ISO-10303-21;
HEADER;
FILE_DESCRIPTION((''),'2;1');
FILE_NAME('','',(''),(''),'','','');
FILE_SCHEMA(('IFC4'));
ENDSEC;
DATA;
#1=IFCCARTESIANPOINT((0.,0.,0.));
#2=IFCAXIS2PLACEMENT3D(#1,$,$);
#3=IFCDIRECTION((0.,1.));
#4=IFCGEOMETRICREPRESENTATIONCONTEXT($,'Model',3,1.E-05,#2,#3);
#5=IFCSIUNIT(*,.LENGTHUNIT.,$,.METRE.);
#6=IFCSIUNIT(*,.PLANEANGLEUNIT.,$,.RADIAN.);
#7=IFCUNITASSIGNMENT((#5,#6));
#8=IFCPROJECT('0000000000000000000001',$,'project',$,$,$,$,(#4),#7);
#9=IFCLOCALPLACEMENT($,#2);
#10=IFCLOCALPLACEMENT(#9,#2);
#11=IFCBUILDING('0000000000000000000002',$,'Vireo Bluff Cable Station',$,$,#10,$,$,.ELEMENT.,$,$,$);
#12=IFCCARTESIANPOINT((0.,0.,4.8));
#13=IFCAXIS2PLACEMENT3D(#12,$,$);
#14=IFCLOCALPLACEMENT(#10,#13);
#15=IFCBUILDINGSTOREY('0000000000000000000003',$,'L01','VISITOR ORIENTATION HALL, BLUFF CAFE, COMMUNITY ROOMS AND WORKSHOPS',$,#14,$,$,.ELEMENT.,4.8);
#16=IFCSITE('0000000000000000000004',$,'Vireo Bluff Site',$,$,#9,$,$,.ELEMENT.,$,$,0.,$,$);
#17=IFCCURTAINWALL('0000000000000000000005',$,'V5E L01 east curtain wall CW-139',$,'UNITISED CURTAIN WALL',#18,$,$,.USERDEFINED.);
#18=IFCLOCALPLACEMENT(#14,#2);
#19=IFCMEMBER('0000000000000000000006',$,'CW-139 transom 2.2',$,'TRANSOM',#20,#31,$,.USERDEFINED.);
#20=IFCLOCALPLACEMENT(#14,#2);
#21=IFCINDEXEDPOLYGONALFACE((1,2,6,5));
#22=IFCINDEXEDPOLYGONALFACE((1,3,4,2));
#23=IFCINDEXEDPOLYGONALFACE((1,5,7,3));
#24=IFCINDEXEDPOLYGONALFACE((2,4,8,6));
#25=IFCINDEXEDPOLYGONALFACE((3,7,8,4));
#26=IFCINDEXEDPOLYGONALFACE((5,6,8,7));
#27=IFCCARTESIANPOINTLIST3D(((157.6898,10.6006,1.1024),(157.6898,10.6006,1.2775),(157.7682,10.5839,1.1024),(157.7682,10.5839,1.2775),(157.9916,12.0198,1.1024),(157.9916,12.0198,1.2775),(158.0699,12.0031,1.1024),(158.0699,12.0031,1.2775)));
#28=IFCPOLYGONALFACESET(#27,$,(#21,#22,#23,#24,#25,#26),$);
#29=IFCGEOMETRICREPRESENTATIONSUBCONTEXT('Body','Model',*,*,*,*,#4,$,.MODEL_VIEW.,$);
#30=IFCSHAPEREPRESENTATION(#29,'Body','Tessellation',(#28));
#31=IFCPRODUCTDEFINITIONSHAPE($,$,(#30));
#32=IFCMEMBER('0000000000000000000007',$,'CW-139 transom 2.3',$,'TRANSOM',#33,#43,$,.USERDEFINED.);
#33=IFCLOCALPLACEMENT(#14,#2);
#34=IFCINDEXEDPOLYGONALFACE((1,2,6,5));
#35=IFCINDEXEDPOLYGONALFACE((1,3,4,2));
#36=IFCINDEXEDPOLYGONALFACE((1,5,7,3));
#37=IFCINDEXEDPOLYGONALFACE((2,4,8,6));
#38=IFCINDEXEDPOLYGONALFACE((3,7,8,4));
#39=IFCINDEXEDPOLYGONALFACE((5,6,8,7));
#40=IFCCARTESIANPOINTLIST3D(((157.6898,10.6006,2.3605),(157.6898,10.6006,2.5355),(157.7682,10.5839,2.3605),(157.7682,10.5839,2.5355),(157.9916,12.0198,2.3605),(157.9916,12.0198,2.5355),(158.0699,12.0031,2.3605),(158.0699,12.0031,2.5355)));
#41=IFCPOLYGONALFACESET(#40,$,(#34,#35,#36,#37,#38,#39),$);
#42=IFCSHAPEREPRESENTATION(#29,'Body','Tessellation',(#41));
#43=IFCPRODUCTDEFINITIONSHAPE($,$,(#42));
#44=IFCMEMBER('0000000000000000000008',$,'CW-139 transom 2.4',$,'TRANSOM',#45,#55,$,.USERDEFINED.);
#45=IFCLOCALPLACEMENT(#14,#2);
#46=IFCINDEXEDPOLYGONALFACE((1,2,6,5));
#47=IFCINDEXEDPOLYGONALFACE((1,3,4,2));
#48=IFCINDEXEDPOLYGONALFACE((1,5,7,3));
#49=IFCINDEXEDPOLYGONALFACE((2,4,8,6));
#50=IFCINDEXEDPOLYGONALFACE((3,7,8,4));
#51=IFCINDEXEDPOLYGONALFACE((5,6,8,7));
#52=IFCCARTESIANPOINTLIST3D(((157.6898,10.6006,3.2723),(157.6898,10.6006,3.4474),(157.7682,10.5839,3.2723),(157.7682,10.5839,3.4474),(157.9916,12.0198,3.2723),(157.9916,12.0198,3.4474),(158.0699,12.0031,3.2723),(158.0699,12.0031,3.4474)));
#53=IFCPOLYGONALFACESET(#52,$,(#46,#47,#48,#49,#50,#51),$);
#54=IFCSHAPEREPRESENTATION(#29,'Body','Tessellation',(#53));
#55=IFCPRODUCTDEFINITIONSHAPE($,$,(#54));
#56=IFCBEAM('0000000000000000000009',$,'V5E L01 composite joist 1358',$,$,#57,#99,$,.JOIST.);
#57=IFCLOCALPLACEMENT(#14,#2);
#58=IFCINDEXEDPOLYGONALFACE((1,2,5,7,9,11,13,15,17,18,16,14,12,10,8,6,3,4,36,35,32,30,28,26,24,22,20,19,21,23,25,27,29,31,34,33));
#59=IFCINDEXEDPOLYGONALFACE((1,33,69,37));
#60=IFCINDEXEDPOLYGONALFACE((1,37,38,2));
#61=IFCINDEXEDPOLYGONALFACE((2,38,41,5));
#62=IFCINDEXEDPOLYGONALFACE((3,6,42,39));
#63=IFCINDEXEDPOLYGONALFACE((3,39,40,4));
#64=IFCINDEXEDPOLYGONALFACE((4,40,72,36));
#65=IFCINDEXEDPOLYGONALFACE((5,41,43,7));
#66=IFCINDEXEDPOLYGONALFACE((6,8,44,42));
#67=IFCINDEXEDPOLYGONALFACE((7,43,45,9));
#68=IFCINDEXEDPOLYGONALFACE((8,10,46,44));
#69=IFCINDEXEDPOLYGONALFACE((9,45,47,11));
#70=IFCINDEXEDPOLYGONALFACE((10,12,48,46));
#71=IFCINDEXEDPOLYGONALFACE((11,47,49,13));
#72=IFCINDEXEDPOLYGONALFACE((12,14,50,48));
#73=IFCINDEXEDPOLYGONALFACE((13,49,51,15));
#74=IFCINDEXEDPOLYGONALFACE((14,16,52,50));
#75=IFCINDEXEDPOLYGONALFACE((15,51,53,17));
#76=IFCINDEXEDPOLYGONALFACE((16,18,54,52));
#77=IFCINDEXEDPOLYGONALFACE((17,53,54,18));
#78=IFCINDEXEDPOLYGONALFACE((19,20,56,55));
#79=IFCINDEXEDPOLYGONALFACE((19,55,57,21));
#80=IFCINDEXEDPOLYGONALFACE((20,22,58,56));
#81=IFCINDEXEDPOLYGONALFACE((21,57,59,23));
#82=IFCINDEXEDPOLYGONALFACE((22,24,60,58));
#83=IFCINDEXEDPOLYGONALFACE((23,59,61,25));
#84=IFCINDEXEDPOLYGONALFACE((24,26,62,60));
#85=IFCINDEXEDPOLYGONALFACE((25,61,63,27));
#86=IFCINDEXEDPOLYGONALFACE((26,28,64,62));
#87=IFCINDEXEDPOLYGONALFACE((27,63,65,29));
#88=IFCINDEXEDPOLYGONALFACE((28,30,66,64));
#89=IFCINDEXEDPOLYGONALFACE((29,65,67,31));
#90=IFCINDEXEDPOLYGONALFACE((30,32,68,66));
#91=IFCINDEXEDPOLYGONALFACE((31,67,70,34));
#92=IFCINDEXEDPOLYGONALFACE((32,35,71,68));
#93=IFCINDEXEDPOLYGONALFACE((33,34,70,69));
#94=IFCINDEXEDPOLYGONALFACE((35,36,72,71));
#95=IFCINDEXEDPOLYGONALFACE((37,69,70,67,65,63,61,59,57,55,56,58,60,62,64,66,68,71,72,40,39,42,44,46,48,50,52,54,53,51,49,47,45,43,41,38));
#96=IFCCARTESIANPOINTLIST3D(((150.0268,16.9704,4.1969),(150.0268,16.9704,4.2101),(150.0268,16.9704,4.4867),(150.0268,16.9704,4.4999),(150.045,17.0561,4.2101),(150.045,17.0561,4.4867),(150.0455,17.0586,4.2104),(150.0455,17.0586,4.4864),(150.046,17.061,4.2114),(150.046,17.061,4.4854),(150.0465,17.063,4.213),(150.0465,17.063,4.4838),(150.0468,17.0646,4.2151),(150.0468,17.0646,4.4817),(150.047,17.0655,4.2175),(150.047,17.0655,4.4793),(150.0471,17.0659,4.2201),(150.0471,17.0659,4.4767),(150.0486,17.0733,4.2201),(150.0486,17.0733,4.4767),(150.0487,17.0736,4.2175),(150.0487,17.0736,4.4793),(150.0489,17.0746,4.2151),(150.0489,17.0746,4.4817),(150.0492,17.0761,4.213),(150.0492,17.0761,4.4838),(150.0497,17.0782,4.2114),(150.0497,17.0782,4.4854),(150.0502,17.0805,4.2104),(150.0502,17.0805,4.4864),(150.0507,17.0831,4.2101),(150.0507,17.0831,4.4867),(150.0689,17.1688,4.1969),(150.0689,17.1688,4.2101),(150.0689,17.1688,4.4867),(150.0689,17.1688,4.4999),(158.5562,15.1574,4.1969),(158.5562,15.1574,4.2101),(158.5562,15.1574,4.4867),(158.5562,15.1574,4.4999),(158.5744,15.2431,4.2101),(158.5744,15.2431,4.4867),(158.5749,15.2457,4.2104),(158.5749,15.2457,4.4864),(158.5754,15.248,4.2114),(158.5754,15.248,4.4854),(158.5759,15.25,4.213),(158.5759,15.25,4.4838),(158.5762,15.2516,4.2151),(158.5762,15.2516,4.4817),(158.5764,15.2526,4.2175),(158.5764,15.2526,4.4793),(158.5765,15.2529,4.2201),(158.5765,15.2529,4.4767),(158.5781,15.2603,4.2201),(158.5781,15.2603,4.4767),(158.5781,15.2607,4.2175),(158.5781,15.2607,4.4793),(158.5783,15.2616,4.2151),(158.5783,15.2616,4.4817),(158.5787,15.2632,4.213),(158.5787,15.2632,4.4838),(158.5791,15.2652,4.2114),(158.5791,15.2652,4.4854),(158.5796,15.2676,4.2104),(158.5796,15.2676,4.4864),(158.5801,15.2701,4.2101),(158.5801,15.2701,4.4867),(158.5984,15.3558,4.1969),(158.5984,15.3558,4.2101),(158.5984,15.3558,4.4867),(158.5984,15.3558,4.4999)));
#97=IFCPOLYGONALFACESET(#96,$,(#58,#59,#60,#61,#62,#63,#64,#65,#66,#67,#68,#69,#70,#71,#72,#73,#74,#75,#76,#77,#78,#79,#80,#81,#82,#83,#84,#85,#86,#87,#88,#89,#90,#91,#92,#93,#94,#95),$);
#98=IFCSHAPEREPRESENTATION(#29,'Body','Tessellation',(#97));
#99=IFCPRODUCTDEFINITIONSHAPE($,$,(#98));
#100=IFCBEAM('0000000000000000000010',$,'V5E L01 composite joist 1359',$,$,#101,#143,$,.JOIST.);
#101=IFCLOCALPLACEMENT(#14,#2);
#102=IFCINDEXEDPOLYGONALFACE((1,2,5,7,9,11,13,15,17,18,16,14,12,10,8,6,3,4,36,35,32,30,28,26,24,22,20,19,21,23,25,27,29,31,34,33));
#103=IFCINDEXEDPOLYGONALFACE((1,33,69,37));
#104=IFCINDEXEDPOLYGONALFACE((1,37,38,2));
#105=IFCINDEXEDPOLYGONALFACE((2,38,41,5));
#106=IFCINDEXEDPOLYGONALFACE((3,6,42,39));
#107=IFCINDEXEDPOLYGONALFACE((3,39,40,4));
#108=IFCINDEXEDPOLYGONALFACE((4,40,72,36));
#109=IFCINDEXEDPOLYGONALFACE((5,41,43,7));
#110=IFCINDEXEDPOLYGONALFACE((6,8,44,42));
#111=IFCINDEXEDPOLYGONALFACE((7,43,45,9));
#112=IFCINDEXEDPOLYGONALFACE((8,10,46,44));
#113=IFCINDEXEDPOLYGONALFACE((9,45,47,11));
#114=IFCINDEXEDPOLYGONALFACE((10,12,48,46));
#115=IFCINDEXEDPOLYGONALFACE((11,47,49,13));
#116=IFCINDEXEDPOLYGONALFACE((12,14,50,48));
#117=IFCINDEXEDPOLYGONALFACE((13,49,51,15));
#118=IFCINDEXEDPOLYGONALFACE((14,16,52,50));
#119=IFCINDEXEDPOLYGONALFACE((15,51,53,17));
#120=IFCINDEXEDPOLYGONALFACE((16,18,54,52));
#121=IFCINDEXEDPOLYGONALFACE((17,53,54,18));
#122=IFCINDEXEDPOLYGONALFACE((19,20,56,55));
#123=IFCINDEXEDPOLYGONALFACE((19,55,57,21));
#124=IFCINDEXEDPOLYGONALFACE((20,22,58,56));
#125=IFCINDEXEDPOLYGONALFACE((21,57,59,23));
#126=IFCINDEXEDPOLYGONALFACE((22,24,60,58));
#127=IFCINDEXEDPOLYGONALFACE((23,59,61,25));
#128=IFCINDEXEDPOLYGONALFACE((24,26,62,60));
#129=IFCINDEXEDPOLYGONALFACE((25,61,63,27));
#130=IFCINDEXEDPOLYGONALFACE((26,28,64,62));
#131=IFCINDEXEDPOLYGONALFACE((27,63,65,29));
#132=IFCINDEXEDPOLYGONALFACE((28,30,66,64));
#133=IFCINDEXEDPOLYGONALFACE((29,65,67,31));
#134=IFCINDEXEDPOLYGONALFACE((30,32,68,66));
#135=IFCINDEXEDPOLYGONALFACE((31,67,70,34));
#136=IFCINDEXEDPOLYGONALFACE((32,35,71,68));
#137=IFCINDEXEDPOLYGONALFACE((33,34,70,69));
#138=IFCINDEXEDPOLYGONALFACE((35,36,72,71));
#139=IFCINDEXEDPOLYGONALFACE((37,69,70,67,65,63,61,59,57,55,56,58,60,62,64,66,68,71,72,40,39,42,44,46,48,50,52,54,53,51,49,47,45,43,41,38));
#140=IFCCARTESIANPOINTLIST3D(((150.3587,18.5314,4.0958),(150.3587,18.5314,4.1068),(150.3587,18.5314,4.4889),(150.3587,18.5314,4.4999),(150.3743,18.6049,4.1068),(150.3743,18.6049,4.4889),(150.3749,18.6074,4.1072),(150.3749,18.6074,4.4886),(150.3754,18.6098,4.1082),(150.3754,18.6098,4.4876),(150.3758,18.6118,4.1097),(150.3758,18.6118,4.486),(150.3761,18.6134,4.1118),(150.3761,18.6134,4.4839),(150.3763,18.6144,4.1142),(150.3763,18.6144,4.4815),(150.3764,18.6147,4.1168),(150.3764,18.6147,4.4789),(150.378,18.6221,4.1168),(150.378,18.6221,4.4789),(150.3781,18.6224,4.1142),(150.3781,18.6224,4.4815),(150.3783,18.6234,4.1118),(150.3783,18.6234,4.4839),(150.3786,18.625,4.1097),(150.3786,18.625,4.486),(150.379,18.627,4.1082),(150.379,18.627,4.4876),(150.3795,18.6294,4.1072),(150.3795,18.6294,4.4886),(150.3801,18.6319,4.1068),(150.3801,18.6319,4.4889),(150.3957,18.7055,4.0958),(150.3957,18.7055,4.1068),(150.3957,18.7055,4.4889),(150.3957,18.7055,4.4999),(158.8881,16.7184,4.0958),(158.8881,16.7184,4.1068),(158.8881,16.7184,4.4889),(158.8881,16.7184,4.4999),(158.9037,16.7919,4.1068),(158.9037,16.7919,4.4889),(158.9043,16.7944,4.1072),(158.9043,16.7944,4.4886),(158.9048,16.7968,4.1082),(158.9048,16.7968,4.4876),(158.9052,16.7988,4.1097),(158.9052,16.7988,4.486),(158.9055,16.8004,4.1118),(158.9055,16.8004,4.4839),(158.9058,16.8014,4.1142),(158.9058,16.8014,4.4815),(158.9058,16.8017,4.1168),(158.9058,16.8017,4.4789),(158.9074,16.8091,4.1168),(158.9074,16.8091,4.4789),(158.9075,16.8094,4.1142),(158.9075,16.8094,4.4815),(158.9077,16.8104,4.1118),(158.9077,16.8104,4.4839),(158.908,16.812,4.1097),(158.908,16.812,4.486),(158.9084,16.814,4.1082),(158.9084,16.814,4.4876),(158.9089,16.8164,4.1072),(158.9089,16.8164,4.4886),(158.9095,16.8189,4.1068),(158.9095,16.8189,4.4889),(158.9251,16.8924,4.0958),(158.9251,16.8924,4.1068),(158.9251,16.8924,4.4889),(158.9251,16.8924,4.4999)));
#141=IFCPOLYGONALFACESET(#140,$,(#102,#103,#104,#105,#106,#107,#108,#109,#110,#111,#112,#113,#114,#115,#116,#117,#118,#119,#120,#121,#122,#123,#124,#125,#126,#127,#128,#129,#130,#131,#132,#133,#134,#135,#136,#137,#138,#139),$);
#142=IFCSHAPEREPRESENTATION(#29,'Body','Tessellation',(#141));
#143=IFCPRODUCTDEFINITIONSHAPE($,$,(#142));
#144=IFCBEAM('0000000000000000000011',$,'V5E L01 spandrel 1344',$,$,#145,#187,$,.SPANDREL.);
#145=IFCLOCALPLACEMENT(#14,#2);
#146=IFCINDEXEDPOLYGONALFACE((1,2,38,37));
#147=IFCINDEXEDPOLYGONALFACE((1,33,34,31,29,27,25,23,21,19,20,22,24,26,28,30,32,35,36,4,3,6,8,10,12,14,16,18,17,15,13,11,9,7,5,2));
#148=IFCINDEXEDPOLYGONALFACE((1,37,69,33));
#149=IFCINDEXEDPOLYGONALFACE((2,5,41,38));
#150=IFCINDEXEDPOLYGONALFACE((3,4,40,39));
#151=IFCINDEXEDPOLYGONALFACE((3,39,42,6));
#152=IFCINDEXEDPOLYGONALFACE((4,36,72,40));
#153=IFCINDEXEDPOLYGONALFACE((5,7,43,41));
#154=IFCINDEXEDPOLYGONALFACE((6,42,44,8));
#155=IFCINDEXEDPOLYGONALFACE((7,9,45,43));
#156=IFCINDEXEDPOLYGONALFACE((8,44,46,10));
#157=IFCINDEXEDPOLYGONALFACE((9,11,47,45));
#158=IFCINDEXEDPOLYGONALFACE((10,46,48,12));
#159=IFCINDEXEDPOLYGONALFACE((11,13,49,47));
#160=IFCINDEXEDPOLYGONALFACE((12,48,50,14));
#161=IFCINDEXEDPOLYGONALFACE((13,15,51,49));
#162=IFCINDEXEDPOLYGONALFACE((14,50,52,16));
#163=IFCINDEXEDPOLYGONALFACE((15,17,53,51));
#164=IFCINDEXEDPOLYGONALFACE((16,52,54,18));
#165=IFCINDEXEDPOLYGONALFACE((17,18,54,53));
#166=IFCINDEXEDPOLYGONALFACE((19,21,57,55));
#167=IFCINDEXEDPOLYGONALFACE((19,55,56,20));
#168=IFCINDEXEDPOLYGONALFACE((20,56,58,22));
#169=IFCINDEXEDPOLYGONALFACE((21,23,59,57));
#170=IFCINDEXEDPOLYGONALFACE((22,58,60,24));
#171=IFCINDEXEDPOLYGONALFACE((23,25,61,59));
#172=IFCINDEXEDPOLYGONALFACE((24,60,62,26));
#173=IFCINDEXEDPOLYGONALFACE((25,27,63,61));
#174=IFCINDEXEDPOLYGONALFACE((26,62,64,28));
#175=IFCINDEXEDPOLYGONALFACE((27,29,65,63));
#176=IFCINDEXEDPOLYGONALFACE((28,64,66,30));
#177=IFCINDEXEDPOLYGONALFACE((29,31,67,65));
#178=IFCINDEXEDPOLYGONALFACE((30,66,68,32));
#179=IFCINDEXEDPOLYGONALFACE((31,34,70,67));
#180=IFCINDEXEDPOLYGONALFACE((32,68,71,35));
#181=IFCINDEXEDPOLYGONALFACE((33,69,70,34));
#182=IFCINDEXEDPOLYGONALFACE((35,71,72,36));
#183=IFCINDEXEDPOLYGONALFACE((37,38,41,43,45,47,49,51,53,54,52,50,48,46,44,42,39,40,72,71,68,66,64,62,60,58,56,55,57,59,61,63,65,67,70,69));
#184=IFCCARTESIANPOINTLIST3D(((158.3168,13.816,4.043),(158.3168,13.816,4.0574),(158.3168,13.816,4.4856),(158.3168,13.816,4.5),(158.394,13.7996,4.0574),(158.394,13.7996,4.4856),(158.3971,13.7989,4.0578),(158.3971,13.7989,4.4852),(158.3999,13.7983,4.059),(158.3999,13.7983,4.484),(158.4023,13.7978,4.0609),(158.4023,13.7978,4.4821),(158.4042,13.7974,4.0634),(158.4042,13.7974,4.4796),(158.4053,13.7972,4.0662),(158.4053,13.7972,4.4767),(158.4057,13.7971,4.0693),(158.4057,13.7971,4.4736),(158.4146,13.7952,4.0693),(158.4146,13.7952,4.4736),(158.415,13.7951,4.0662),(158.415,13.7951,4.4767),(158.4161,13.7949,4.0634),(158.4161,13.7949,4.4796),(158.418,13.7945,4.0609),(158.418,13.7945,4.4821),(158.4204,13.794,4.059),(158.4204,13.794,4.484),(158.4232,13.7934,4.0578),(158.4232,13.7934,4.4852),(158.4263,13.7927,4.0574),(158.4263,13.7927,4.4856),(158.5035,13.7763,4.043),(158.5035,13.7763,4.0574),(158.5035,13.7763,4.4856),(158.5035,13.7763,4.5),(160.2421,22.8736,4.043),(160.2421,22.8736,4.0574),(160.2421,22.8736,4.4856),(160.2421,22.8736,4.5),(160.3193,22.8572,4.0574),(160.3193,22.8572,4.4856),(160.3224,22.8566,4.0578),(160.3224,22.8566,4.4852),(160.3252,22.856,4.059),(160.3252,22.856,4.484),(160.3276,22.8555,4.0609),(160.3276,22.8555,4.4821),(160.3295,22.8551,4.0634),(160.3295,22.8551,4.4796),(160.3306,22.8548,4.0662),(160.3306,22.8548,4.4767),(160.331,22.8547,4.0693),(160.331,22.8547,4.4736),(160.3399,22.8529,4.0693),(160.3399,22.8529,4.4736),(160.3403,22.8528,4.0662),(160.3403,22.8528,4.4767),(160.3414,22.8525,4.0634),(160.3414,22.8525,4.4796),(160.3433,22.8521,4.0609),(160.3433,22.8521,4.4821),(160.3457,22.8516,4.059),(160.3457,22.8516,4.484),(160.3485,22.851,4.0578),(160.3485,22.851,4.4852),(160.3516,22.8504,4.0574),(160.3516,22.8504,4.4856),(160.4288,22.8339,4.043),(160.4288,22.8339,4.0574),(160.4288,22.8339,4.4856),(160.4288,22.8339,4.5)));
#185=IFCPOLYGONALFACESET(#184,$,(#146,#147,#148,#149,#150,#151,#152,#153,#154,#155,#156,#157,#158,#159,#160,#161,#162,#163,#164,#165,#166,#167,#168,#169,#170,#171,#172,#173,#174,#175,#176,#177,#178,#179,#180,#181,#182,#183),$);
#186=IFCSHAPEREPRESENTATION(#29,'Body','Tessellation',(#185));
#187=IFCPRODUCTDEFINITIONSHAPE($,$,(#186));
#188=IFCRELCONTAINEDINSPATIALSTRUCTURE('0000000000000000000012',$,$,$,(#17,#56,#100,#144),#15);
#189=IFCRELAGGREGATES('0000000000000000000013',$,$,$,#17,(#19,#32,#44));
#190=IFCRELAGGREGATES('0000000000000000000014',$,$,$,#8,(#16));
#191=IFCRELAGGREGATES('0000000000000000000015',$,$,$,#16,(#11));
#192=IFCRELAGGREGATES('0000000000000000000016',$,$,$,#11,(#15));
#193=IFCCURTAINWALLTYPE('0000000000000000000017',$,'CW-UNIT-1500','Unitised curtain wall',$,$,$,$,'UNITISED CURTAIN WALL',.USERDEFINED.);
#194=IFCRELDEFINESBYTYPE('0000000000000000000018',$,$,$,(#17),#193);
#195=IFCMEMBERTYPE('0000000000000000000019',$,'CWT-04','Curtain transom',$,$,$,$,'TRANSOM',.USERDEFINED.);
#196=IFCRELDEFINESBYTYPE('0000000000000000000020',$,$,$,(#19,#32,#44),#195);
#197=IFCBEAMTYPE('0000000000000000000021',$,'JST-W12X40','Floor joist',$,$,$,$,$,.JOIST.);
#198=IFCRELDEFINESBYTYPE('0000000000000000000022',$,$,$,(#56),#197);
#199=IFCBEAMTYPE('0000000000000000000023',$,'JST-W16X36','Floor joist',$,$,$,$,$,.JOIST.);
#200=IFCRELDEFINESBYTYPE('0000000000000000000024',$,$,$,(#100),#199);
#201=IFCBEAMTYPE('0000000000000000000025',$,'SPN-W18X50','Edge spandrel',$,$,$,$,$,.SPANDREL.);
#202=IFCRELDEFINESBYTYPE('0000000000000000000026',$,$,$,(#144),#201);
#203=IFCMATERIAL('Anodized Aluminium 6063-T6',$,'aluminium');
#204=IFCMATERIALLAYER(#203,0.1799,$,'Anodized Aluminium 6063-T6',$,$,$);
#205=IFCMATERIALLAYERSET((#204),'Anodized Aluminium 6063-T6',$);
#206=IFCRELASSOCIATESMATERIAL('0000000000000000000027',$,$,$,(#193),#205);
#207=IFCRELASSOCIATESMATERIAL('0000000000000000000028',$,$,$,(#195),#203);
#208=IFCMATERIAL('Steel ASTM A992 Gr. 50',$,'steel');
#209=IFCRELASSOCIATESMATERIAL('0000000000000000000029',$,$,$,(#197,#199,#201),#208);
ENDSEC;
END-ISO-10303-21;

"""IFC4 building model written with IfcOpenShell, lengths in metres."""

from ifc_helpers import new_model, si_unit, direction, frame, origin, origin_2d, place, context, subcontext, project, spatial, rectangle, i_section, extrude, material, layer, layer_set, material_profile, profile_set, type_object, element, aggregate, save


model = new_model("IFC4")

# Units and contexts
model_context = context("Model", 3, precision=1e-05, world=origin(), true_north=direction((0.0, 1.0)))
body_context = subcontext(model_context, "Body", "Model", "MODEL_VIEW")
ifc_project = project(units=[si_unit("LENGTHUNIT", "METRE"), si_unit("PLANEANGLEUNIT", "RADIAN")], contexts=[model_context])

# Site, building, storey
site_placement = place(None, origin())
site = spatial("IfcSite", under=ifc_project, at=site_placement, Name="Vireo Bluff Site", CompositionType="ELEMENT", RefElevation=0.0)
building_placement = place(site_placement, origin())
building = spatial("IfcBuilding", under=site, at=building_placement, Name="Vireo Bluff Cable Station", CompositionType="ELEMENT")
storey_placement = place(building_placement, frame((0.0, 0.0, 4.8)))
storey = spatial("IfcBuildingStorey", under=building, at=storey_placement, Name="L01", Description="VISITOR ORIENTATION HALL, BLUFF CAFE, COMMUNITY ROOMS AND WORKSHOPS", CompositionType="ELEMENT", Elevation=4.8)

# Shared definitions
ifc_material_1 = material(Name="Steel ASTM A992 Gr. 50", Category="steel")

# Shared definitions
ifc_material_2 = material(Name="Anodized Aluminium 6063-T6", Category="aluminium")

# Curtain wall
ifc_layer_1 = layer(ifc_material_2, 0.1799, Name="Anodized Aluminium 6063-T6")
ifc_layer_set_1 = layer_set([ifc_layer_1], Name="Anodized Aluminium 6063-T6")
curtain_wall_type_1 = type_object("IfcCurtainWallType", Name="CW-UNIT-1500", Description="Unitised curtain wall", ElementType="UNITISED CURTAIN WALL", PredefinedType="USERDEFINED", material=ifc_layer_set_1)
curtain_wall_1_placement = place(storey_placement, origin())
curtain_wall_1 = element("IfcCurtainWall", 1, at=curtain_wall_1_placement, inside=storey, type_object=curtain_wall_type_1, Name="V5E L01 east curtain wall CW-139", ObjectType="UNITISED CURTAIN WALL", PredefinedType="USERDEFINED")

# Members
ifc_material_profile_1 = material_profile(ifc_material_2, rectangle(XDim=0.0801, YDim=0.175, at=origin_2d()), Name="ALU-T-80X175")
ifc_profile_set_1 = profile_set([ifc_material_profile_1], Name="Anodized Aluminium 6063-T6")
member_type_1 = type_object("IfcMemberType", Name="CWT-04", Description="Curtain transom", ElementType="TRANSOM", PredefinedType="USERDEFINED", material=ifc_profile_set_1)
member_1_placement = place(storey_placement, frame((158.0308, 12.0115, 1.1899), z_axis=(-0.207977, -0.978134, 0.0), x_axis=(0.978134, -0.207977, 0.0)))
member_1 = element("IfcMember", 2, at=member_1_placement, type_object=member_type_1, Name="CW-139 transom 2.2", ObjectType="TRANSOM", PredefinedType="USERDEFINED", context=body_context, shape_type="SweptSolid", body=[
    extrude(rectangle(XDim=0.0801, YDim=0.175, at=origin_2d()), origin(), (0.0, 0.0, 1.0), 1.4509),
])
member_2_placement = place(storey_placement, frame((158.0308, 12.0115, 2.448), z_axis=(-0.207977, -0.978134, 0.0), x_axis=(0.978134, -0.207977, 0.0)))
member_2 = element("IfcMember", 3, at=member_2_placement, type_object=member_type_1, Name="CW-139 transom 2.3", ObjectType="TRANSOM", PredefinedType="USERDEFINED", context=body_context, shape_type="SweptSolid", body=[
    extrude(rectangle(XDim=0.0801, YDim=0.175, at=origin_2d()), origin(), (0.0, 0.0, 1.0), 1.4509),
])
member_3_placement = place(storey_placement, frame((158.0308, 12.0115, 3.3599), z_axis=(-0.207977, -0.978134, 0.0), x_axis=(0.978134, -0.207977, 0.0)))
member_3 = element("IfcMember", 4, at=member_3_placement, type_object=member_type_1, Name="CW-139 transom 2.4", ObjectType="TRANSOM", PredefinedType="USERDEFINED", context=body_context, shape_type="SweptSolid", body=[
    extrude(rectangle(XDim=0.0801, YDim=0.175, at=origin_2d()), origin(), (0.0, 0.0, 1.0), 1.4509),
])

# Beams
ifc_material_profile_2 = material_profile(ifc_material_1, i_section(OverallWidth=0.2029, OverallDepth=0.303, WebThickness=0.0076, FlangeThickness=0.0132, FilletRadius=0.01, at=origin_2d()), Name="W12X40")
ifc_profile_set_2 = profile_set([ifc_material_profile_2], Name="Steel ASTM A992 Gr. 50")
beam_type_1 = type_object("IfcBeamType", Name="JST-W12X40", Description="Floor joist", PredefinedType="JOIST", material=ifc_profile_set_2)
beam_1_placement = place(storey_placement, frame((150.0479, 17.0696, 4.3484), z_axis=(0.978148, -0.207909, 0.0), x_axis=(0.207909, 0.978148, 0.0)))
element("IfcBeam", 5, at=beam_1_placement, inside=storey, type_object=beam_type_1, Name="V5E L01 composite joist 1358", PredefinedType="JOIST", context=body_context, shape_type="SweptSolid", body=[
    extrude(i_section(OverallWidth=0.2029, OverallDepth=0.303, WebThickness=0.0076, FlangeThickness=0.0132, FilletRadius=0.01, at=origin_2d()), origin(), (0.0, 0.0, 1.0), 8.72),
])
ifc_material_profile_3 = material_profile(ifc_material_1, i_section(OverallWidth=0.178, OverallDepth=0.4041, WebThickness=0.0076, FlangeThickness=0.011, FilletRadius=0.01, at=origin_2d()), Name="W16X36")
ifc_profile_set_3 = profile_set([ifc_material_profile_3], Name="Steel ASTM A992 Gr. 50")
beam_type_2 = type_object("IfcBeamType", Name="JST-W16X36", Description="Floor joist", PredefinedType="JOIST", material=ifc_profile_set_3)
beam_2_placement = place(storey_placement, frame((150.3772, 18.6184, 4.2979), z_axis=(0.978147, -0.207915, 0.0), x_axis=(0.207915, 0.978147, 0.0)))
element("IfcBeam", 6, at=beam_2_placement, inside=storey, type_object=beam_type_2, Name="V5E L01 composite joist 1359", PredefinedType="JOIST", context=body_context, shape_type="SweptSolid", body=[
    extrude(i_section(OverallWidth=0.178, OverallDepth=0.4041, WebThickness=0.0076, FlangeThickness=0.011, FilletRadius=0.01, at=origin_2d()), origin(), (0.0, 0.0, 1.0), 8.72),
])
ifc_material_profile_4 = material_profile(ifc_material_1, i_section(OverallWidth=0.1909, OverallDepth=0.457, WebThickness=0.009, FlangeThickness=0.0144, FilletRadius=0.012, at=origin_2d()), Name="W18X50")
ifc_profile_set_4 = profile_set([ifc_material_profile_4], Name="Steel ASTM A992 Gr. 50")
beam_type_3 = type_object("IfcBeamType", Name="SPN-W18X50", Description="Edge spandrel", PredefinedType="SPANDREL", material=ifc_profile_set_4)
beam_3_placement = place(storey_placement, frame((158.4102, 13.7961, 4.2715), z_axis=(0.207916, 0.978147, 0.0), x_axis=(-0.978147, 0.207916, 0.0)))
element("IfcBeam", 7, at=beam_3_placement, inside=storey, type_object=beam_type_3, Name="V5E L01 spandrel 1344", PredefinedType="SPANDREL", context=body_context, shape_type="SweptSolid", body=[
    extrude(i_section(OverallWidth=0.1909, OverallDepth=0.457, WebThickness=0.009, FlangeThickness=0.0144, FilletRadius=0.012, at=origin_2d()), origin(), (0.0, 0.0, 1.0), 9.26),
])

aggregate(curtain_wall_1, [member_1, member_2, member_3])

save(model, "model.ifc")
